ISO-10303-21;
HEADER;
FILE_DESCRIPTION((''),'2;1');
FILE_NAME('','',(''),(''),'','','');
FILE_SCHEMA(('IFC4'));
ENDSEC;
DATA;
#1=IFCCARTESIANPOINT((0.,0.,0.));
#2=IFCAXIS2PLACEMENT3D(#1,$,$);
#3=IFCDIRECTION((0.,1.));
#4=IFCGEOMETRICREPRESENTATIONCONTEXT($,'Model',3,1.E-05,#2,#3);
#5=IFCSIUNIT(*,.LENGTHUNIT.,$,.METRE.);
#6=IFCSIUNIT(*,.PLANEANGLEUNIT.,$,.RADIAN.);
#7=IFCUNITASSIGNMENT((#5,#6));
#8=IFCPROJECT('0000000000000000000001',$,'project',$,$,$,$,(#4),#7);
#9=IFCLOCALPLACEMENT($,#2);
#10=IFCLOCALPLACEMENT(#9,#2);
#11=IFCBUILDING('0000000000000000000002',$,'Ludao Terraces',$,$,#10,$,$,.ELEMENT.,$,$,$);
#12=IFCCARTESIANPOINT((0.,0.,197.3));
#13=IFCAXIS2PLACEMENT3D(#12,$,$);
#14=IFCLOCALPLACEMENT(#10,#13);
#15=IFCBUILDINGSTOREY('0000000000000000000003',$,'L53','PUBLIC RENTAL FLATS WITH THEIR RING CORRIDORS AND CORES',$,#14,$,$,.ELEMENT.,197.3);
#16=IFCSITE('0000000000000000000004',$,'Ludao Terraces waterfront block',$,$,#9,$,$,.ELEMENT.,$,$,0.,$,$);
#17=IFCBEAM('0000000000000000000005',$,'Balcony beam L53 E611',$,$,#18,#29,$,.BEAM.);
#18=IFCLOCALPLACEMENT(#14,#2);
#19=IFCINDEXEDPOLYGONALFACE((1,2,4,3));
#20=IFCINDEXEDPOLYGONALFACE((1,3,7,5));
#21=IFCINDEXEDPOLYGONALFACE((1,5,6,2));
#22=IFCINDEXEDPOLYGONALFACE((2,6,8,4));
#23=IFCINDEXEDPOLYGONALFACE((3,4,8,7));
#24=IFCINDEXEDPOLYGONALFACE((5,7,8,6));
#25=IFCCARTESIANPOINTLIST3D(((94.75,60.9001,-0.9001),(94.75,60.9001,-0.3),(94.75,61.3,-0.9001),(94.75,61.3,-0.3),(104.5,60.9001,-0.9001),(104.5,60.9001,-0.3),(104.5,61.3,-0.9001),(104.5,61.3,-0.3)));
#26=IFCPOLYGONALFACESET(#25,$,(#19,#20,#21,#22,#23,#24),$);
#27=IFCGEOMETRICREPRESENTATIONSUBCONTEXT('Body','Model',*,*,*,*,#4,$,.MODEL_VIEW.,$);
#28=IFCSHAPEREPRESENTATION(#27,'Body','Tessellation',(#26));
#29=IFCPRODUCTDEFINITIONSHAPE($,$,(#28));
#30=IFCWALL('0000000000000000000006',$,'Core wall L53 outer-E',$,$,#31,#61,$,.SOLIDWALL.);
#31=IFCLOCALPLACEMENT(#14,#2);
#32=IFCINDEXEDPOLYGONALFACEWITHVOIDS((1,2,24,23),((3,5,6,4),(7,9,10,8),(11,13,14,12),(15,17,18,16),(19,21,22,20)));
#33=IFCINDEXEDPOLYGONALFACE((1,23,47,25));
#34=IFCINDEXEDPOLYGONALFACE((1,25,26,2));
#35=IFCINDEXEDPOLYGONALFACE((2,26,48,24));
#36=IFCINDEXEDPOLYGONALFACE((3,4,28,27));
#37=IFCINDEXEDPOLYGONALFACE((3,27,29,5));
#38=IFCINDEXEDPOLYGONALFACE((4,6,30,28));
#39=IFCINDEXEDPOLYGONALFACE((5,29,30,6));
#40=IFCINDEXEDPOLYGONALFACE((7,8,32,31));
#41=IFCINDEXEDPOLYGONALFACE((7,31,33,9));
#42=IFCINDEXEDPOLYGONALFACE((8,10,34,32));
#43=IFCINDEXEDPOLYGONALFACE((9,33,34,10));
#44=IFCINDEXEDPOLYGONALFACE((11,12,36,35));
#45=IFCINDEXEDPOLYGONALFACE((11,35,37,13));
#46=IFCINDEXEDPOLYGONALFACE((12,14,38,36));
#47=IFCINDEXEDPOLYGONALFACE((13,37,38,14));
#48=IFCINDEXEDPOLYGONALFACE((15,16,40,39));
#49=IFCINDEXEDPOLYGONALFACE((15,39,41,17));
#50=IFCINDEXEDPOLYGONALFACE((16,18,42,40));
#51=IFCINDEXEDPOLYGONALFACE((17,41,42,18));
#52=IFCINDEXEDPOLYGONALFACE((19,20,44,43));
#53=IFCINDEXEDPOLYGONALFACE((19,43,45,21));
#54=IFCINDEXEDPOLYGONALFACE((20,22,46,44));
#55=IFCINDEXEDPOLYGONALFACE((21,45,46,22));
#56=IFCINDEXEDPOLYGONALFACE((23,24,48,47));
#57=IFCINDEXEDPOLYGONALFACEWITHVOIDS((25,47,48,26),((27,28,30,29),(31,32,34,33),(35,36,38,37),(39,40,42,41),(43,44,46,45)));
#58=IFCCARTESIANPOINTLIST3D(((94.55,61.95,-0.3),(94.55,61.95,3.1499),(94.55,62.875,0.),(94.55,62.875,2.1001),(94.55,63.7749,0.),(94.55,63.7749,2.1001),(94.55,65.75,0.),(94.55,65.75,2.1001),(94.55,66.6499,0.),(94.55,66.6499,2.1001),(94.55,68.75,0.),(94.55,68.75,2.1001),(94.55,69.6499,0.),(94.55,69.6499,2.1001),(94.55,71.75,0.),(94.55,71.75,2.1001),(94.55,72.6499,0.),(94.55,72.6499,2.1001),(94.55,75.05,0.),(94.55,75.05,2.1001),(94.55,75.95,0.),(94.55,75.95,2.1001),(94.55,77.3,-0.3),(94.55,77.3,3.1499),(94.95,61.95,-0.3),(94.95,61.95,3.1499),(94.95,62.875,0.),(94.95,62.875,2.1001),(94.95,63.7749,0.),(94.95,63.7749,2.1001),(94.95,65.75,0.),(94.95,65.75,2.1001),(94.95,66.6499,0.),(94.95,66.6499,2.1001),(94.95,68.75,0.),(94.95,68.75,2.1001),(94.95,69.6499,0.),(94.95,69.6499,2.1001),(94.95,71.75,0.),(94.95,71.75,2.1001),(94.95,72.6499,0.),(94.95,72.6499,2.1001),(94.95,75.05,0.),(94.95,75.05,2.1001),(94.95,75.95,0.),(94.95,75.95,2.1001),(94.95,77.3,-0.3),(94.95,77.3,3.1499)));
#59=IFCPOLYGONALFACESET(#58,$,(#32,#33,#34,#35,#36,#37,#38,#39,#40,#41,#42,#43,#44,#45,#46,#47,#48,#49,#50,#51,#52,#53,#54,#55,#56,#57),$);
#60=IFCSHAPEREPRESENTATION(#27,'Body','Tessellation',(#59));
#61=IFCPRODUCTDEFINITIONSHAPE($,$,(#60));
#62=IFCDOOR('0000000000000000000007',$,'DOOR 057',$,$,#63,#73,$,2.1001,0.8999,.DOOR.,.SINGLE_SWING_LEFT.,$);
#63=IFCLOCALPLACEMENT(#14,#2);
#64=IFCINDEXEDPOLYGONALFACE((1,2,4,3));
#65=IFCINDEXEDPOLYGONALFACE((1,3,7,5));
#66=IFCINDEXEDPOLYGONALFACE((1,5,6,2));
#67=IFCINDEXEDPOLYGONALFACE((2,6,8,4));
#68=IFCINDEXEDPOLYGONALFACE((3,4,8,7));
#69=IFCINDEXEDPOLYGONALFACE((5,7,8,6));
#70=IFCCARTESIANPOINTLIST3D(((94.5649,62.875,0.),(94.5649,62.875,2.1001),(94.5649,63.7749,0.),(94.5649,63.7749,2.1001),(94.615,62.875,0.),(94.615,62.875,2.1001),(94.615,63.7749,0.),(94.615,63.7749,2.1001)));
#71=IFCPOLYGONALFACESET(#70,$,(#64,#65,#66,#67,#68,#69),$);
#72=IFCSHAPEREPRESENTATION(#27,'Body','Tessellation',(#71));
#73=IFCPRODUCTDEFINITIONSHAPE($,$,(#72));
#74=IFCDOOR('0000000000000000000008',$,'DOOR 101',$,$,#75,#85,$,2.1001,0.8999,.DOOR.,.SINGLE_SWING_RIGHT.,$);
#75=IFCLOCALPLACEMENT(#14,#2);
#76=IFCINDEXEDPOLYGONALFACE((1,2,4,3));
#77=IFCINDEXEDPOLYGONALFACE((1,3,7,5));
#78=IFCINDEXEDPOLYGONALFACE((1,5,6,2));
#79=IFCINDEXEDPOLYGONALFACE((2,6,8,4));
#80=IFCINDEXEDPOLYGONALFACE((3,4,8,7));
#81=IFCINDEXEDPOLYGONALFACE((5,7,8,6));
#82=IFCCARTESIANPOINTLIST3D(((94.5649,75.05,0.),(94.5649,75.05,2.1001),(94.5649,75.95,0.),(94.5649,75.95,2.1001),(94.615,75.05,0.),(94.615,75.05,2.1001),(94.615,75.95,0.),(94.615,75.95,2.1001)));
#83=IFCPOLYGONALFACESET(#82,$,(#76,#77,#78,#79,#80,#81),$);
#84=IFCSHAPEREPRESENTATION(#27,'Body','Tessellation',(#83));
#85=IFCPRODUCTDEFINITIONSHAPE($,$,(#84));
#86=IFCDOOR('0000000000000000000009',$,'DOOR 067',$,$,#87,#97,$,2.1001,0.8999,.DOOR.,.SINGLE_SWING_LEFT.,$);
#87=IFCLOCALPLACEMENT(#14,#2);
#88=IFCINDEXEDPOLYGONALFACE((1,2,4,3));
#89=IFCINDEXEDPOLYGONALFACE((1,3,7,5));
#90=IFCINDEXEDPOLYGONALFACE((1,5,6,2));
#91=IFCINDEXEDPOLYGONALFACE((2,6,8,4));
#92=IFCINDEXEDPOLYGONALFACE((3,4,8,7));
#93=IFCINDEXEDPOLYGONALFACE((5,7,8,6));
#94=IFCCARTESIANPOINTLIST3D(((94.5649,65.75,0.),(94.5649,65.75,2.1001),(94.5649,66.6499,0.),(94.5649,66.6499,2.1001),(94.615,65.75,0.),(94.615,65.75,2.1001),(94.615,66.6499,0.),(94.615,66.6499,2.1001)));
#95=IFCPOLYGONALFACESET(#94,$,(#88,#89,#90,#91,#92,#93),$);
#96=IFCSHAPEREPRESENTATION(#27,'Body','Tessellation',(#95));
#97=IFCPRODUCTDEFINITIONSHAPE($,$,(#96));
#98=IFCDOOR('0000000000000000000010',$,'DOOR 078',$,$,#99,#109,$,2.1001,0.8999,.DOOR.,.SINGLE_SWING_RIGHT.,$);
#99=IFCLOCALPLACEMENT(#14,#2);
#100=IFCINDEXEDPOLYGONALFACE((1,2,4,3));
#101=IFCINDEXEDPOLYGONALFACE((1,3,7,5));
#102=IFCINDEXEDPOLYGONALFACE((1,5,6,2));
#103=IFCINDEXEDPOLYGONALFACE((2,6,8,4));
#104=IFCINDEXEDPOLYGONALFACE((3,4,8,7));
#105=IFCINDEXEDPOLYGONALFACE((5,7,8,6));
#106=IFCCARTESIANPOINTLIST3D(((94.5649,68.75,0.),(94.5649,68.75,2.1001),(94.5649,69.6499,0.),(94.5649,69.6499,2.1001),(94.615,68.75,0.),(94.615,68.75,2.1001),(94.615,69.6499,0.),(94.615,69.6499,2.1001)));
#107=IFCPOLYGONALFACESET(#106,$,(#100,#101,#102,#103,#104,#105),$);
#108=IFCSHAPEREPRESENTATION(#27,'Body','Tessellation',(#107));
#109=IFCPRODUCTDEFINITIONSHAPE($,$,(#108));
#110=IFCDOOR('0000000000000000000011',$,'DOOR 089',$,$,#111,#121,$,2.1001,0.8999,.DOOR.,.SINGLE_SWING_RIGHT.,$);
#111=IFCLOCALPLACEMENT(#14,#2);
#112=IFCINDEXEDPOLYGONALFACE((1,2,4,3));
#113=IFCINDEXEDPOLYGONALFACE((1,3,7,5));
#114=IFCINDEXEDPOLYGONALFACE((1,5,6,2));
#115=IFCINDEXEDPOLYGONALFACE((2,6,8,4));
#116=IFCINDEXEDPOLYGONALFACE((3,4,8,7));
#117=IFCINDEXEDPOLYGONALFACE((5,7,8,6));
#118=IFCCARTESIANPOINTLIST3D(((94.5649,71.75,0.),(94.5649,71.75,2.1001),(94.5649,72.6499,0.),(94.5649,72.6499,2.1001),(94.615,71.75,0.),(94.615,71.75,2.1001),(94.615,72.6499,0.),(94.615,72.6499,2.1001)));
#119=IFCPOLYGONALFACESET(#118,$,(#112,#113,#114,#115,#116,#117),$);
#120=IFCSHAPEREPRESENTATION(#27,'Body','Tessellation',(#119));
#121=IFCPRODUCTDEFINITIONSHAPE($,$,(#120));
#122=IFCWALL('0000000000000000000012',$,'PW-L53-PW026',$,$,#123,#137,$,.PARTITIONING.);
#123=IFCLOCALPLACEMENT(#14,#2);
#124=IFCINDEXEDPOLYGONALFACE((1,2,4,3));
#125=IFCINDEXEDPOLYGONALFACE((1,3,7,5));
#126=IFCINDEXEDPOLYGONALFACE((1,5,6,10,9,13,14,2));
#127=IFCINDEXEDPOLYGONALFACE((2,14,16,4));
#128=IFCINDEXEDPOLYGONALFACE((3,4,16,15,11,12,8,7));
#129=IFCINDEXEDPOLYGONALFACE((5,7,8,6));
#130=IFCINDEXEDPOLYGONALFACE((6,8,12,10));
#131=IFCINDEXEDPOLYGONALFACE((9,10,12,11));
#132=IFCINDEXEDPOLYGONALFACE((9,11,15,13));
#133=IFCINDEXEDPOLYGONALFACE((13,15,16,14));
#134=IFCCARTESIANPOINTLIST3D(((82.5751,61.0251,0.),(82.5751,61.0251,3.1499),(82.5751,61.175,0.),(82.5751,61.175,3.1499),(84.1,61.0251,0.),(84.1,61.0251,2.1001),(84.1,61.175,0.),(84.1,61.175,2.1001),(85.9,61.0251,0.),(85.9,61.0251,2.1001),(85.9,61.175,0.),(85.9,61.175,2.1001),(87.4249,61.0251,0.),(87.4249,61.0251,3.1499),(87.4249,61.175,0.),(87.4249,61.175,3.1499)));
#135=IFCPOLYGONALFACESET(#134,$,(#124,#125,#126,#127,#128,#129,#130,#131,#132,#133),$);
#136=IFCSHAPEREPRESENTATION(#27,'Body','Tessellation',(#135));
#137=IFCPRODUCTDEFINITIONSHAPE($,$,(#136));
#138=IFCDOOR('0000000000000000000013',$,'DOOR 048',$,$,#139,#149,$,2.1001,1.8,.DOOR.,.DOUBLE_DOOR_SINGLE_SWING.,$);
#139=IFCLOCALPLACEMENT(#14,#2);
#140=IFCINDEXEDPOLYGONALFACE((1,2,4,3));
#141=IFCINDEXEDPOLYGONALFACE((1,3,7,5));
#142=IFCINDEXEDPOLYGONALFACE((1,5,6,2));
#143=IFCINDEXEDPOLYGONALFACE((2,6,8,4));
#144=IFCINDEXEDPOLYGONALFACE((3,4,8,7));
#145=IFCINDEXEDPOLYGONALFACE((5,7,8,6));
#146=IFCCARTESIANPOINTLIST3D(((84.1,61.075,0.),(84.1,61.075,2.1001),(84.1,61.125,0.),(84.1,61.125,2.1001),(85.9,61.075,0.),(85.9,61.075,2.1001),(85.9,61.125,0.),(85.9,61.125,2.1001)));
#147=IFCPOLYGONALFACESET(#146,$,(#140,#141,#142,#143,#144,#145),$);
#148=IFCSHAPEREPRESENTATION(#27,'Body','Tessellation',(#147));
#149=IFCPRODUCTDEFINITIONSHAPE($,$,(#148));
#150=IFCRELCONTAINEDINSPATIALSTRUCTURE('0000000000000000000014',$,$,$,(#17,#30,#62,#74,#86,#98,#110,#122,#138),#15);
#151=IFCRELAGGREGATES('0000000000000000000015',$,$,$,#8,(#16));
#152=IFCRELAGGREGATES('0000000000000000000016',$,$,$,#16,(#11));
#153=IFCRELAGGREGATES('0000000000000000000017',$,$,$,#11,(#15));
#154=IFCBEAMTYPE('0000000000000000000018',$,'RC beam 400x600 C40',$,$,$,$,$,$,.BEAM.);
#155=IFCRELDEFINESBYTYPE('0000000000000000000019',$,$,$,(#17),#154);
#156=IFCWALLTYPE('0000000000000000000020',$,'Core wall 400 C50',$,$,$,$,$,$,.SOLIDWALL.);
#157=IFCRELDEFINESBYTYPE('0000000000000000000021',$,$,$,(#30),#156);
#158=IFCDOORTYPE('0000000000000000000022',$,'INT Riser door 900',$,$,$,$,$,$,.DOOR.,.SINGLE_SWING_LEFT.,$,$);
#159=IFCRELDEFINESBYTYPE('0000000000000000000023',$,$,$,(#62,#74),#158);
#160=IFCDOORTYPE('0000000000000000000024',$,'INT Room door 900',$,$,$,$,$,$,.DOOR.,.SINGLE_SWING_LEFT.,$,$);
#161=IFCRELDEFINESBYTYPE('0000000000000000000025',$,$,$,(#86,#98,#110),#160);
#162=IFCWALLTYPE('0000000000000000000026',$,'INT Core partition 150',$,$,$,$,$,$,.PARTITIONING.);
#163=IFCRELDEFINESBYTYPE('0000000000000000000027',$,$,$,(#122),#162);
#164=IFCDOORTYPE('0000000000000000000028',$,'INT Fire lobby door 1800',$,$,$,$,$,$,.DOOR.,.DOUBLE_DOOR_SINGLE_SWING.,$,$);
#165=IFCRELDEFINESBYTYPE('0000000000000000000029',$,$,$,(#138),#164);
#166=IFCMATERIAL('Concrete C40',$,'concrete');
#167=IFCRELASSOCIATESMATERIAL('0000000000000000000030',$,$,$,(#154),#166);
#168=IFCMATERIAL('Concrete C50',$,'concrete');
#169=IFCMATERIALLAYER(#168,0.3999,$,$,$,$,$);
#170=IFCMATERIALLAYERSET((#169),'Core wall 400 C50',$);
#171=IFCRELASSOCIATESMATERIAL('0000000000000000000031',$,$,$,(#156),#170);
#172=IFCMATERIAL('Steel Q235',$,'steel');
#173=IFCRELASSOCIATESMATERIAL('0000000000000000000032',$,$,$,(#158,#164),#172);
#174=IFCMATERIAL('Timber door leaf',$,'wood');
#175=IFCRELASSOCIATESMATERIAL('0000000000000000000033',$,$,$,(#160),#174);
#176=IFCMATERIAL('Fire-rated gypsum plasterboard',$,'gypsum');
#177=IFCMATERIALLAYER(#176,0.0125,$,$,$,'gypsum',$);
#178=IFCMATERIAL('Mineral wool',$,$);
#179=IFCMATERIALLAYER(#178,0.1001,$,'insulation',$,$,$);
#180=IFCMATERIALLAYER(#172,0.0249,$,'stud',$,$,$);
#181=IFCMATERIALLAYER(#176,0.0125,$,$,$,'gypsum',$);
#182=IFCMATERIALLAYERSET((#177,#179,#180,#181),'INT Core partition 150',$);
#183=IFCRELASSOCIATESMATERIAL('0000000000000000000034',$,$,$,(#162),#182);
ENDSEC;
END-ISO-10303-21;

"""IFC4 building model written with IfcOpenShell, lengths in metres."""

from ifc_helpers import new_model, si_unit, direction, frame, frame_2d, origin, origin_2d, place, context, subcontext, project, spatial, rectangle, extrude, material, layer, layer_set, material_profile, profile_set, type_object, element, fill, save


model = new_model("IFC4")

# Units and contexts
model_context = context("Model", 3, precision=1e-05, world=origin(), true_north=direction((0.0, 1.0)))
body_context = subcontext(model_context, "Body", "Model", "MODEL_VIEW")
ifc_project = project(units=[si_unit("LENGTHUNIT", "METRE"), si_unit("PLANEANGLEUNIT", "RADIAN")], contexts=[model_context])

# Site, building, storey
site_placement = place(None, origin())
site = spatial("IfcSite", under=ifc_project, at=site_placement, Name="Ludao Terraces waterfront block", CompositionType="ELEMENT", RefElevation=0.0)
building_placement = place(site_placement, origin())
building = spatial("IfcBuilding", under=site, at=building_placement, Name="Ludao Terraces", CompositionType="ELEMENT")
storey_placement = place(building_placement, frame((0.0, 0.0, 197.3)))
storey = spatial("IfcBuildingStorey", under=building, at=storey_placement, Name="L53", Description="PUBLIC RENTAL FLATS WITH THEIR RING CORRIDORS AND CORES", CompositionType="ELEMENT", Elevation=197.3)

# Beam
ifc_material_1 = material(Name="Concrete C40", Category="concrete")
ifc_material_profile = material_profile(ifc_material_1, rectangle(XDim=0.3999, YDim=0.6001, at=origin_2d()), Name="400 X 600")
ifc_profile_set = profile_set([ifc_material_profile], Name="Concrete C40")
beam_type = type_object("IfcBeamType", Name="RC beam 400x600 C40", PredefinedType="BEAM", material=ifc_profile_set)
beam_placement = place(storey_placement, frame((94.75, 61.1001, -0.6001), z_axis=(1.0, 0.0, 0.0), x_axis=(0.0, 1.0, 0.0)))
element("IfcBeam", 1, at=beam_placement, inside=storey, type_object=beam_type, Name="Balcony beam L53 E611", PredefinedType="BEAM", context=body_context, shape_type="SweptSolid", body=[
    extrude(rectangle(XDim=0.3999, YDim=0.6001, at=origin_2d()), origin(), (0.0, 0.0, 1.0), 9.75),
])

# Wall, openings, doors
ifc_material_2 = material(Name="Concrete C50", Category="concrete")
ifc_layer_1 = layer(ifc_material_2, 0.3999)
ifc_layer_set_1 = layer_set([ifc_layer_1], Name="Core wall 400 C50")
wall_type_1 = type_object("IfcWallType", Name="Core wall 400 C50", PredefinedType="SOLIDWALL", material=ifc_layer_set_1)
wall_1_placement = place(storey_placement, frame((94.75, 61.95, -0.3), z_axis=(0.0, 0.0, 1.0), x_axis=(0.0, 1.0, 0.0)))
wall_1 = element("IfcWall", 2, at=wall_1_placement, inside=storey, type_object=wall_type_1, Name="Core wall L53 outer-E", PredefinedType="SOLIDWALL", context=body_context, shape_type="SweptSolid", body=[
    extrude(rectangle(XDim=15.3501, YDim=0.3999, at=frame_2d((7.675, 0.0))), origin(), (0.0, 0.0, 1.0), 3.45),
])
opening_1_placement = place(wall_1_placement, frame((0.925, 0.0, 0.3)))
opening_1 = element("IfcOpeningElement", 3, at=opening_1_placement, cuts=wall_1, PredefinedType="OPENING", context=body_context, shape_type="SweptSolid", body=[
    extrude(rectangle(XDim=0.8999, YDim=2.1001, at=frame_2d((0.45, 1.05))), frame((0.0, 0.21, 0.0), z_axis=(0.0, -1.0, 0.0), x_axis=(1.0, 0.0, 0.0)), (0.0, 0.0, 1.0), 0.4199),
])
opening_2_placement = place(wall_1_placement, frame((3.8, 0.0, 0.3)))
opening_2 = element("IfcOpeningElement", 4, at=opening_2_placement, cuts=wall_1, PredefinedType="OPENING", context=body_context, shape_type="SweptSolid", body=[
    extrude(rectangle(XDim=0.8999, YDim=2.1001, at=frame_2d((0.45, 1.05))), frame((0.0, 0.21, 0.0), z_axis=(0.0, -1.0, 0.0), x_axis=(1.0, 0.0, 0.0)), (0.0, 0.0, 1.0), 0.4199),
])
opening_3_placement = place(wall_1_placement, frame((6.8, 0.0, 0.3)))
opening_3 = element("IfcOpeningElement", 5, at=opening_3_placement, cuts=wall_1, PredefinedType="OPENING", context=body_context, shape_type="SweptSolid", body=[
    extrude(rectangle(XDim=0.8999, YDim=2.1001, at=frame_2d((0.45, 1.05))), frame((0.0, 0.21, 0.0), z_axis=(0.0, -1.0, 0.0), x_axis=(1.0, 0.0, 0.0)), (0.0, 0.0, 1.0), 0.4199),
])
opening_4_placement = place(wall_1_placement, frame((9.8, 0.0, 0.3)))
opening_4 = element("IfcOpeningElement", 6, at=opening_4_placement, cuts=wall_1, PredefinedType="OPENING", context=body_context, shape_type="SweptSolid", body=[
    extrude(rectangle(XDim=0.8999, YDim=2.1001, at=frame_2d((0.45, 1.05))), frame((0.0, 0.21, 0.0), z_axis=(0.0, -1.0, 0.0), x_axis=(1.0, 0.0, 0.0)), (0.0, 0.0, 1.0), 0.4199),
])
opening_5_placement = place(wall_1_placement, frame((13.1001, 0.0, 0.3)))
opening_5 = element("IfcOpeningElement", 7, at=opening_5_placement, cuts=wall_1, PredefinedType="OPENING", context=body_context, shape_type="SweptSolid", body=[
    extrude(rectangle(XDim=0.8999, YDim=2.1001, at=frame_2d((0.45, 1.05))), frame((0.0, 0.21, 0.0), z_axis=(0.0, -1.0, 0.0), x_axis=(1.0, 0.0, 0.0)), (0.0, 0.0, 1.0), 0.4199),
])
ifc_material_3 = material(Name="Steel Q235", Category="steel")
door_type_1 = type_object("IfcDoorType", Name="INT Riser door 900", OperationType="SINGLE_SWING_LEFT", PredefinedType="DOOR", material=ifc_material_3)
door_1_placement = place(opening_1_placement, origin())
door_1 = element("IfcDoor", 8, at=door_1_placement, inside=storey, type_object=door_type_1, Name="DOOR 057", OperationType="SINGLE_SWING_LEFT", OverallHeight=2.1001, OverallWidth=0.8999, PredefinedType="DOOR", context=body_context, shape_type="SweptSolid", body=[
    extrude(rectangle(XDim=0.8999, YDim=2.1001, at=frame_2d((0.45, 1.05))), frame((0.0, 0.1851, 0.0), z_axis=(0.0, -1.0, 0.0), x_axis=(1.0, 0.0, 0.0)), (0.0, 0.0, 1.0), 0.05),
])
fill(opening_1, door_1)
door_2_placement = place(opening_5_placement, origin())
door_2 = element("IfcDoor", 9, at=door_2_placement, inside=storey, type_object=door_type_1, Name="DOOR 101", OperationType="SINGLE_SWING_RIGHT", OverallHeight=2.1001, OverallWidth=0.8999, PredefinedType="DOOR", context=body_context, shape_type="SweptSolid", body=[
    extrude(rectangle(XDim=0.8999, YDim=2.1001, at=frame_2d((0.45, 1.05))), frame((0.0, 0.1851, 0.0), z_axis=(0.0, -1.0, 0.0), x_axis=(1.0, 0.0, 0.0)), (0.0, 0.0, 1.0), 0.05),
])
fill(opening_5, door_2)
ifc_material_4 = material(Name="Timber door leaf", Category="wood")
door_type_2 = type_object("IfcDoorType", Name="INT Room door 900", OperationType="SINGLE_SWING_LEFT", PredefinedType="DOOR", material=ifc_material_4)
door_3_placement = place(opening_2_placement, origin())
door_3 = element("IfcDoor", 10, at=door_3_placement, inside=storey, type_object=door_type_2, Name="DOOR 067", OperationType="SINGLE_SWING_LEFT", OverallHeight=2.1001, OverallWidth=0.8999, PredefinedType="DOOR", context=body_context, shape_type="SweptSolid", body=[
    extrude(rectangle(XDim=0.8999, YDim=2.1001, at=frame_2d((0.45, 1.05))), frame((0.0, 0.1851, 0.0), z_axis=(0.0, -1.0, 0.0), x_axis=(1.0, 0.0, 0.0)), (0.0, 0.0, 1.0), 0.05),
])
fill(opening_2, door_3)
door_4_placement = place(opening_3_placement, origin())
door_4 = element("IfcDoor", 11, at=door_4_placement, inside=storey, type_object=door_type_2, Name="DOOR 078", OperationType="SINGLE_SWING_RIGHT", OverallHeight=2.1001, OverallWidth=0.8999, PredefinedType="DOOR", context=body_context, shape_type="SweptSolid", body=[
    extrude(rectangle(XDim=0.8999, YDim=2.1001, at=frame_2d((0.45, 1.05))), frame((0.0, 0.1851, 0.0), z_axis=(0.0, -1.0, 0.0), x_axis=(1.0, 0.0, 0.0)), (0.0, 0.0, 1.0), 0.05),
])
fill(opening_3, door_4)
door_5_placement = place(opening_4_placement, origin())
door_5 = element("IfcDoor", 12, at=door_5_placement, inside=storey, type_object=door_type_2, Name="DOOR 089", OperationType="SINGLE_SWING_RIGHT", OverallHeight=2.1001, OverallWidth=0.8999, PredefinedType="DOOR", context=body_context, shape_type="SweptSolid", body=[
    extrude(rectangle(XDim=0.8999, YDim=2.1001, at=frame_2d((0.45, 1.05))), frame((0.0, 0.1851, 0.0), z_axis=(0.0, -1.0, 0.0), x_axis=(1.0, 0.0, 0.0)), (0.0, 0.0, 1.0), 0.05),
])
fill(opening_4, door_5)

# Wall, opening, door
ifc_material_5 = material(Name="Fire-rated gypsum plasterboard", Category="gypsum")
ifc_layer_2 = layer(ifc_material_5, 0.0125, Category="gypsum")
ifc_material_6 = material(Name="Mineral wool")
ifc_layer_3 = layer(ifc_material_6, 0.1001, Name="insulation")
ifc_layer_4 = layer(ifc_material_3, 0.0249, Name="stud")
ifc_layer_5 = layer(ifc_material_5, 0.0125, Category="gypsum")
ifc_layer_set_2 = layer_set([ifc_layer_2, ifc_layer_3, ifc_layer_4, ifc_layer_5], Name="INT Core partition 150")
wall_type_2 = type_object("IfcWallType", Name="INT Core partition 150", PredefinedType="PARTITIONING", material=ifc_layer_set_2)
wall_2_placement = place(storey_placement, frame((82.5752, 61.1001, 0.0), z_axis=(0.0, 0.0, 1.0), x_axis=(1.0, 0.0, 0.0)))
wall_2 = element("IfcWall", 13, at=wall_2_placement, inside=storey, type_object=wall_type_2, Name="PW-L53-PW026", PredefinedType="PARTITIONING", context=body_context, shape_type="SweptSolid", body=[
    extrude(rectangle(XDim=4.8499, YDim=0.1499, at=frame_2d((2.4248, 0.0))), origin(), (0.0, 0.0, 1.0), 3.1499),
])
opening_6_placement = place(wall_2_placement, frame((1.5249, 0.0, 0.0)))
opening_6 = element("IfcOpeningElement", 14, at=opening_6_placement, cuts=wall_2, PredefinedType="OPENING", context=body_context, shape_type="SweptSolid", body=[
    extrude(rectangle(XDim=1.8, YDim=2.1001, at=frame_2d((0.8999, 1.05))), frame((0.0, 0.085, 0.0), z_axis=(0.0, -1.0, 0.0), x_axis=(1.0, 0.0, 0.0)), (0.0, 0.0, 1.0), 0.1699),
])
door_type_3 = type_object("IfcDoorType", Name="INT Fire lobby door 1800", OperationType="DOUBLE_DOOR_SINGLE_SWING", PredefinedType="DOOR", material=ifc_material_3)
door_6_placement = place(opening_6_placement, origin())
door_6 = element("IfcDoor", 15, at=door_6_placement, inside=storey, type_object=door_type_3, Name="DOOR 048", OperationType="DOUBLE_DOOR_SINGLE_SWING", OverallHeight=2.1001, OverallWidth=1.8, PredefinedType="DOOR", context=body_context, shape_type="SweptSolid", body=[
    extrude(rectangle(XDim=1.8, YDim=2.1001, at=frame_2d((0.8999, 1.05))), frame((0.0, 0.0249, 0.0), z_axis=(0.0, -1.0, 0.0), x_axis=(1.0, 0.0, 0.0)), (0.0, 0.0, 1.0), 0.05),
])
fill(opening_6, door_6)

save(model, "model.ifc")
